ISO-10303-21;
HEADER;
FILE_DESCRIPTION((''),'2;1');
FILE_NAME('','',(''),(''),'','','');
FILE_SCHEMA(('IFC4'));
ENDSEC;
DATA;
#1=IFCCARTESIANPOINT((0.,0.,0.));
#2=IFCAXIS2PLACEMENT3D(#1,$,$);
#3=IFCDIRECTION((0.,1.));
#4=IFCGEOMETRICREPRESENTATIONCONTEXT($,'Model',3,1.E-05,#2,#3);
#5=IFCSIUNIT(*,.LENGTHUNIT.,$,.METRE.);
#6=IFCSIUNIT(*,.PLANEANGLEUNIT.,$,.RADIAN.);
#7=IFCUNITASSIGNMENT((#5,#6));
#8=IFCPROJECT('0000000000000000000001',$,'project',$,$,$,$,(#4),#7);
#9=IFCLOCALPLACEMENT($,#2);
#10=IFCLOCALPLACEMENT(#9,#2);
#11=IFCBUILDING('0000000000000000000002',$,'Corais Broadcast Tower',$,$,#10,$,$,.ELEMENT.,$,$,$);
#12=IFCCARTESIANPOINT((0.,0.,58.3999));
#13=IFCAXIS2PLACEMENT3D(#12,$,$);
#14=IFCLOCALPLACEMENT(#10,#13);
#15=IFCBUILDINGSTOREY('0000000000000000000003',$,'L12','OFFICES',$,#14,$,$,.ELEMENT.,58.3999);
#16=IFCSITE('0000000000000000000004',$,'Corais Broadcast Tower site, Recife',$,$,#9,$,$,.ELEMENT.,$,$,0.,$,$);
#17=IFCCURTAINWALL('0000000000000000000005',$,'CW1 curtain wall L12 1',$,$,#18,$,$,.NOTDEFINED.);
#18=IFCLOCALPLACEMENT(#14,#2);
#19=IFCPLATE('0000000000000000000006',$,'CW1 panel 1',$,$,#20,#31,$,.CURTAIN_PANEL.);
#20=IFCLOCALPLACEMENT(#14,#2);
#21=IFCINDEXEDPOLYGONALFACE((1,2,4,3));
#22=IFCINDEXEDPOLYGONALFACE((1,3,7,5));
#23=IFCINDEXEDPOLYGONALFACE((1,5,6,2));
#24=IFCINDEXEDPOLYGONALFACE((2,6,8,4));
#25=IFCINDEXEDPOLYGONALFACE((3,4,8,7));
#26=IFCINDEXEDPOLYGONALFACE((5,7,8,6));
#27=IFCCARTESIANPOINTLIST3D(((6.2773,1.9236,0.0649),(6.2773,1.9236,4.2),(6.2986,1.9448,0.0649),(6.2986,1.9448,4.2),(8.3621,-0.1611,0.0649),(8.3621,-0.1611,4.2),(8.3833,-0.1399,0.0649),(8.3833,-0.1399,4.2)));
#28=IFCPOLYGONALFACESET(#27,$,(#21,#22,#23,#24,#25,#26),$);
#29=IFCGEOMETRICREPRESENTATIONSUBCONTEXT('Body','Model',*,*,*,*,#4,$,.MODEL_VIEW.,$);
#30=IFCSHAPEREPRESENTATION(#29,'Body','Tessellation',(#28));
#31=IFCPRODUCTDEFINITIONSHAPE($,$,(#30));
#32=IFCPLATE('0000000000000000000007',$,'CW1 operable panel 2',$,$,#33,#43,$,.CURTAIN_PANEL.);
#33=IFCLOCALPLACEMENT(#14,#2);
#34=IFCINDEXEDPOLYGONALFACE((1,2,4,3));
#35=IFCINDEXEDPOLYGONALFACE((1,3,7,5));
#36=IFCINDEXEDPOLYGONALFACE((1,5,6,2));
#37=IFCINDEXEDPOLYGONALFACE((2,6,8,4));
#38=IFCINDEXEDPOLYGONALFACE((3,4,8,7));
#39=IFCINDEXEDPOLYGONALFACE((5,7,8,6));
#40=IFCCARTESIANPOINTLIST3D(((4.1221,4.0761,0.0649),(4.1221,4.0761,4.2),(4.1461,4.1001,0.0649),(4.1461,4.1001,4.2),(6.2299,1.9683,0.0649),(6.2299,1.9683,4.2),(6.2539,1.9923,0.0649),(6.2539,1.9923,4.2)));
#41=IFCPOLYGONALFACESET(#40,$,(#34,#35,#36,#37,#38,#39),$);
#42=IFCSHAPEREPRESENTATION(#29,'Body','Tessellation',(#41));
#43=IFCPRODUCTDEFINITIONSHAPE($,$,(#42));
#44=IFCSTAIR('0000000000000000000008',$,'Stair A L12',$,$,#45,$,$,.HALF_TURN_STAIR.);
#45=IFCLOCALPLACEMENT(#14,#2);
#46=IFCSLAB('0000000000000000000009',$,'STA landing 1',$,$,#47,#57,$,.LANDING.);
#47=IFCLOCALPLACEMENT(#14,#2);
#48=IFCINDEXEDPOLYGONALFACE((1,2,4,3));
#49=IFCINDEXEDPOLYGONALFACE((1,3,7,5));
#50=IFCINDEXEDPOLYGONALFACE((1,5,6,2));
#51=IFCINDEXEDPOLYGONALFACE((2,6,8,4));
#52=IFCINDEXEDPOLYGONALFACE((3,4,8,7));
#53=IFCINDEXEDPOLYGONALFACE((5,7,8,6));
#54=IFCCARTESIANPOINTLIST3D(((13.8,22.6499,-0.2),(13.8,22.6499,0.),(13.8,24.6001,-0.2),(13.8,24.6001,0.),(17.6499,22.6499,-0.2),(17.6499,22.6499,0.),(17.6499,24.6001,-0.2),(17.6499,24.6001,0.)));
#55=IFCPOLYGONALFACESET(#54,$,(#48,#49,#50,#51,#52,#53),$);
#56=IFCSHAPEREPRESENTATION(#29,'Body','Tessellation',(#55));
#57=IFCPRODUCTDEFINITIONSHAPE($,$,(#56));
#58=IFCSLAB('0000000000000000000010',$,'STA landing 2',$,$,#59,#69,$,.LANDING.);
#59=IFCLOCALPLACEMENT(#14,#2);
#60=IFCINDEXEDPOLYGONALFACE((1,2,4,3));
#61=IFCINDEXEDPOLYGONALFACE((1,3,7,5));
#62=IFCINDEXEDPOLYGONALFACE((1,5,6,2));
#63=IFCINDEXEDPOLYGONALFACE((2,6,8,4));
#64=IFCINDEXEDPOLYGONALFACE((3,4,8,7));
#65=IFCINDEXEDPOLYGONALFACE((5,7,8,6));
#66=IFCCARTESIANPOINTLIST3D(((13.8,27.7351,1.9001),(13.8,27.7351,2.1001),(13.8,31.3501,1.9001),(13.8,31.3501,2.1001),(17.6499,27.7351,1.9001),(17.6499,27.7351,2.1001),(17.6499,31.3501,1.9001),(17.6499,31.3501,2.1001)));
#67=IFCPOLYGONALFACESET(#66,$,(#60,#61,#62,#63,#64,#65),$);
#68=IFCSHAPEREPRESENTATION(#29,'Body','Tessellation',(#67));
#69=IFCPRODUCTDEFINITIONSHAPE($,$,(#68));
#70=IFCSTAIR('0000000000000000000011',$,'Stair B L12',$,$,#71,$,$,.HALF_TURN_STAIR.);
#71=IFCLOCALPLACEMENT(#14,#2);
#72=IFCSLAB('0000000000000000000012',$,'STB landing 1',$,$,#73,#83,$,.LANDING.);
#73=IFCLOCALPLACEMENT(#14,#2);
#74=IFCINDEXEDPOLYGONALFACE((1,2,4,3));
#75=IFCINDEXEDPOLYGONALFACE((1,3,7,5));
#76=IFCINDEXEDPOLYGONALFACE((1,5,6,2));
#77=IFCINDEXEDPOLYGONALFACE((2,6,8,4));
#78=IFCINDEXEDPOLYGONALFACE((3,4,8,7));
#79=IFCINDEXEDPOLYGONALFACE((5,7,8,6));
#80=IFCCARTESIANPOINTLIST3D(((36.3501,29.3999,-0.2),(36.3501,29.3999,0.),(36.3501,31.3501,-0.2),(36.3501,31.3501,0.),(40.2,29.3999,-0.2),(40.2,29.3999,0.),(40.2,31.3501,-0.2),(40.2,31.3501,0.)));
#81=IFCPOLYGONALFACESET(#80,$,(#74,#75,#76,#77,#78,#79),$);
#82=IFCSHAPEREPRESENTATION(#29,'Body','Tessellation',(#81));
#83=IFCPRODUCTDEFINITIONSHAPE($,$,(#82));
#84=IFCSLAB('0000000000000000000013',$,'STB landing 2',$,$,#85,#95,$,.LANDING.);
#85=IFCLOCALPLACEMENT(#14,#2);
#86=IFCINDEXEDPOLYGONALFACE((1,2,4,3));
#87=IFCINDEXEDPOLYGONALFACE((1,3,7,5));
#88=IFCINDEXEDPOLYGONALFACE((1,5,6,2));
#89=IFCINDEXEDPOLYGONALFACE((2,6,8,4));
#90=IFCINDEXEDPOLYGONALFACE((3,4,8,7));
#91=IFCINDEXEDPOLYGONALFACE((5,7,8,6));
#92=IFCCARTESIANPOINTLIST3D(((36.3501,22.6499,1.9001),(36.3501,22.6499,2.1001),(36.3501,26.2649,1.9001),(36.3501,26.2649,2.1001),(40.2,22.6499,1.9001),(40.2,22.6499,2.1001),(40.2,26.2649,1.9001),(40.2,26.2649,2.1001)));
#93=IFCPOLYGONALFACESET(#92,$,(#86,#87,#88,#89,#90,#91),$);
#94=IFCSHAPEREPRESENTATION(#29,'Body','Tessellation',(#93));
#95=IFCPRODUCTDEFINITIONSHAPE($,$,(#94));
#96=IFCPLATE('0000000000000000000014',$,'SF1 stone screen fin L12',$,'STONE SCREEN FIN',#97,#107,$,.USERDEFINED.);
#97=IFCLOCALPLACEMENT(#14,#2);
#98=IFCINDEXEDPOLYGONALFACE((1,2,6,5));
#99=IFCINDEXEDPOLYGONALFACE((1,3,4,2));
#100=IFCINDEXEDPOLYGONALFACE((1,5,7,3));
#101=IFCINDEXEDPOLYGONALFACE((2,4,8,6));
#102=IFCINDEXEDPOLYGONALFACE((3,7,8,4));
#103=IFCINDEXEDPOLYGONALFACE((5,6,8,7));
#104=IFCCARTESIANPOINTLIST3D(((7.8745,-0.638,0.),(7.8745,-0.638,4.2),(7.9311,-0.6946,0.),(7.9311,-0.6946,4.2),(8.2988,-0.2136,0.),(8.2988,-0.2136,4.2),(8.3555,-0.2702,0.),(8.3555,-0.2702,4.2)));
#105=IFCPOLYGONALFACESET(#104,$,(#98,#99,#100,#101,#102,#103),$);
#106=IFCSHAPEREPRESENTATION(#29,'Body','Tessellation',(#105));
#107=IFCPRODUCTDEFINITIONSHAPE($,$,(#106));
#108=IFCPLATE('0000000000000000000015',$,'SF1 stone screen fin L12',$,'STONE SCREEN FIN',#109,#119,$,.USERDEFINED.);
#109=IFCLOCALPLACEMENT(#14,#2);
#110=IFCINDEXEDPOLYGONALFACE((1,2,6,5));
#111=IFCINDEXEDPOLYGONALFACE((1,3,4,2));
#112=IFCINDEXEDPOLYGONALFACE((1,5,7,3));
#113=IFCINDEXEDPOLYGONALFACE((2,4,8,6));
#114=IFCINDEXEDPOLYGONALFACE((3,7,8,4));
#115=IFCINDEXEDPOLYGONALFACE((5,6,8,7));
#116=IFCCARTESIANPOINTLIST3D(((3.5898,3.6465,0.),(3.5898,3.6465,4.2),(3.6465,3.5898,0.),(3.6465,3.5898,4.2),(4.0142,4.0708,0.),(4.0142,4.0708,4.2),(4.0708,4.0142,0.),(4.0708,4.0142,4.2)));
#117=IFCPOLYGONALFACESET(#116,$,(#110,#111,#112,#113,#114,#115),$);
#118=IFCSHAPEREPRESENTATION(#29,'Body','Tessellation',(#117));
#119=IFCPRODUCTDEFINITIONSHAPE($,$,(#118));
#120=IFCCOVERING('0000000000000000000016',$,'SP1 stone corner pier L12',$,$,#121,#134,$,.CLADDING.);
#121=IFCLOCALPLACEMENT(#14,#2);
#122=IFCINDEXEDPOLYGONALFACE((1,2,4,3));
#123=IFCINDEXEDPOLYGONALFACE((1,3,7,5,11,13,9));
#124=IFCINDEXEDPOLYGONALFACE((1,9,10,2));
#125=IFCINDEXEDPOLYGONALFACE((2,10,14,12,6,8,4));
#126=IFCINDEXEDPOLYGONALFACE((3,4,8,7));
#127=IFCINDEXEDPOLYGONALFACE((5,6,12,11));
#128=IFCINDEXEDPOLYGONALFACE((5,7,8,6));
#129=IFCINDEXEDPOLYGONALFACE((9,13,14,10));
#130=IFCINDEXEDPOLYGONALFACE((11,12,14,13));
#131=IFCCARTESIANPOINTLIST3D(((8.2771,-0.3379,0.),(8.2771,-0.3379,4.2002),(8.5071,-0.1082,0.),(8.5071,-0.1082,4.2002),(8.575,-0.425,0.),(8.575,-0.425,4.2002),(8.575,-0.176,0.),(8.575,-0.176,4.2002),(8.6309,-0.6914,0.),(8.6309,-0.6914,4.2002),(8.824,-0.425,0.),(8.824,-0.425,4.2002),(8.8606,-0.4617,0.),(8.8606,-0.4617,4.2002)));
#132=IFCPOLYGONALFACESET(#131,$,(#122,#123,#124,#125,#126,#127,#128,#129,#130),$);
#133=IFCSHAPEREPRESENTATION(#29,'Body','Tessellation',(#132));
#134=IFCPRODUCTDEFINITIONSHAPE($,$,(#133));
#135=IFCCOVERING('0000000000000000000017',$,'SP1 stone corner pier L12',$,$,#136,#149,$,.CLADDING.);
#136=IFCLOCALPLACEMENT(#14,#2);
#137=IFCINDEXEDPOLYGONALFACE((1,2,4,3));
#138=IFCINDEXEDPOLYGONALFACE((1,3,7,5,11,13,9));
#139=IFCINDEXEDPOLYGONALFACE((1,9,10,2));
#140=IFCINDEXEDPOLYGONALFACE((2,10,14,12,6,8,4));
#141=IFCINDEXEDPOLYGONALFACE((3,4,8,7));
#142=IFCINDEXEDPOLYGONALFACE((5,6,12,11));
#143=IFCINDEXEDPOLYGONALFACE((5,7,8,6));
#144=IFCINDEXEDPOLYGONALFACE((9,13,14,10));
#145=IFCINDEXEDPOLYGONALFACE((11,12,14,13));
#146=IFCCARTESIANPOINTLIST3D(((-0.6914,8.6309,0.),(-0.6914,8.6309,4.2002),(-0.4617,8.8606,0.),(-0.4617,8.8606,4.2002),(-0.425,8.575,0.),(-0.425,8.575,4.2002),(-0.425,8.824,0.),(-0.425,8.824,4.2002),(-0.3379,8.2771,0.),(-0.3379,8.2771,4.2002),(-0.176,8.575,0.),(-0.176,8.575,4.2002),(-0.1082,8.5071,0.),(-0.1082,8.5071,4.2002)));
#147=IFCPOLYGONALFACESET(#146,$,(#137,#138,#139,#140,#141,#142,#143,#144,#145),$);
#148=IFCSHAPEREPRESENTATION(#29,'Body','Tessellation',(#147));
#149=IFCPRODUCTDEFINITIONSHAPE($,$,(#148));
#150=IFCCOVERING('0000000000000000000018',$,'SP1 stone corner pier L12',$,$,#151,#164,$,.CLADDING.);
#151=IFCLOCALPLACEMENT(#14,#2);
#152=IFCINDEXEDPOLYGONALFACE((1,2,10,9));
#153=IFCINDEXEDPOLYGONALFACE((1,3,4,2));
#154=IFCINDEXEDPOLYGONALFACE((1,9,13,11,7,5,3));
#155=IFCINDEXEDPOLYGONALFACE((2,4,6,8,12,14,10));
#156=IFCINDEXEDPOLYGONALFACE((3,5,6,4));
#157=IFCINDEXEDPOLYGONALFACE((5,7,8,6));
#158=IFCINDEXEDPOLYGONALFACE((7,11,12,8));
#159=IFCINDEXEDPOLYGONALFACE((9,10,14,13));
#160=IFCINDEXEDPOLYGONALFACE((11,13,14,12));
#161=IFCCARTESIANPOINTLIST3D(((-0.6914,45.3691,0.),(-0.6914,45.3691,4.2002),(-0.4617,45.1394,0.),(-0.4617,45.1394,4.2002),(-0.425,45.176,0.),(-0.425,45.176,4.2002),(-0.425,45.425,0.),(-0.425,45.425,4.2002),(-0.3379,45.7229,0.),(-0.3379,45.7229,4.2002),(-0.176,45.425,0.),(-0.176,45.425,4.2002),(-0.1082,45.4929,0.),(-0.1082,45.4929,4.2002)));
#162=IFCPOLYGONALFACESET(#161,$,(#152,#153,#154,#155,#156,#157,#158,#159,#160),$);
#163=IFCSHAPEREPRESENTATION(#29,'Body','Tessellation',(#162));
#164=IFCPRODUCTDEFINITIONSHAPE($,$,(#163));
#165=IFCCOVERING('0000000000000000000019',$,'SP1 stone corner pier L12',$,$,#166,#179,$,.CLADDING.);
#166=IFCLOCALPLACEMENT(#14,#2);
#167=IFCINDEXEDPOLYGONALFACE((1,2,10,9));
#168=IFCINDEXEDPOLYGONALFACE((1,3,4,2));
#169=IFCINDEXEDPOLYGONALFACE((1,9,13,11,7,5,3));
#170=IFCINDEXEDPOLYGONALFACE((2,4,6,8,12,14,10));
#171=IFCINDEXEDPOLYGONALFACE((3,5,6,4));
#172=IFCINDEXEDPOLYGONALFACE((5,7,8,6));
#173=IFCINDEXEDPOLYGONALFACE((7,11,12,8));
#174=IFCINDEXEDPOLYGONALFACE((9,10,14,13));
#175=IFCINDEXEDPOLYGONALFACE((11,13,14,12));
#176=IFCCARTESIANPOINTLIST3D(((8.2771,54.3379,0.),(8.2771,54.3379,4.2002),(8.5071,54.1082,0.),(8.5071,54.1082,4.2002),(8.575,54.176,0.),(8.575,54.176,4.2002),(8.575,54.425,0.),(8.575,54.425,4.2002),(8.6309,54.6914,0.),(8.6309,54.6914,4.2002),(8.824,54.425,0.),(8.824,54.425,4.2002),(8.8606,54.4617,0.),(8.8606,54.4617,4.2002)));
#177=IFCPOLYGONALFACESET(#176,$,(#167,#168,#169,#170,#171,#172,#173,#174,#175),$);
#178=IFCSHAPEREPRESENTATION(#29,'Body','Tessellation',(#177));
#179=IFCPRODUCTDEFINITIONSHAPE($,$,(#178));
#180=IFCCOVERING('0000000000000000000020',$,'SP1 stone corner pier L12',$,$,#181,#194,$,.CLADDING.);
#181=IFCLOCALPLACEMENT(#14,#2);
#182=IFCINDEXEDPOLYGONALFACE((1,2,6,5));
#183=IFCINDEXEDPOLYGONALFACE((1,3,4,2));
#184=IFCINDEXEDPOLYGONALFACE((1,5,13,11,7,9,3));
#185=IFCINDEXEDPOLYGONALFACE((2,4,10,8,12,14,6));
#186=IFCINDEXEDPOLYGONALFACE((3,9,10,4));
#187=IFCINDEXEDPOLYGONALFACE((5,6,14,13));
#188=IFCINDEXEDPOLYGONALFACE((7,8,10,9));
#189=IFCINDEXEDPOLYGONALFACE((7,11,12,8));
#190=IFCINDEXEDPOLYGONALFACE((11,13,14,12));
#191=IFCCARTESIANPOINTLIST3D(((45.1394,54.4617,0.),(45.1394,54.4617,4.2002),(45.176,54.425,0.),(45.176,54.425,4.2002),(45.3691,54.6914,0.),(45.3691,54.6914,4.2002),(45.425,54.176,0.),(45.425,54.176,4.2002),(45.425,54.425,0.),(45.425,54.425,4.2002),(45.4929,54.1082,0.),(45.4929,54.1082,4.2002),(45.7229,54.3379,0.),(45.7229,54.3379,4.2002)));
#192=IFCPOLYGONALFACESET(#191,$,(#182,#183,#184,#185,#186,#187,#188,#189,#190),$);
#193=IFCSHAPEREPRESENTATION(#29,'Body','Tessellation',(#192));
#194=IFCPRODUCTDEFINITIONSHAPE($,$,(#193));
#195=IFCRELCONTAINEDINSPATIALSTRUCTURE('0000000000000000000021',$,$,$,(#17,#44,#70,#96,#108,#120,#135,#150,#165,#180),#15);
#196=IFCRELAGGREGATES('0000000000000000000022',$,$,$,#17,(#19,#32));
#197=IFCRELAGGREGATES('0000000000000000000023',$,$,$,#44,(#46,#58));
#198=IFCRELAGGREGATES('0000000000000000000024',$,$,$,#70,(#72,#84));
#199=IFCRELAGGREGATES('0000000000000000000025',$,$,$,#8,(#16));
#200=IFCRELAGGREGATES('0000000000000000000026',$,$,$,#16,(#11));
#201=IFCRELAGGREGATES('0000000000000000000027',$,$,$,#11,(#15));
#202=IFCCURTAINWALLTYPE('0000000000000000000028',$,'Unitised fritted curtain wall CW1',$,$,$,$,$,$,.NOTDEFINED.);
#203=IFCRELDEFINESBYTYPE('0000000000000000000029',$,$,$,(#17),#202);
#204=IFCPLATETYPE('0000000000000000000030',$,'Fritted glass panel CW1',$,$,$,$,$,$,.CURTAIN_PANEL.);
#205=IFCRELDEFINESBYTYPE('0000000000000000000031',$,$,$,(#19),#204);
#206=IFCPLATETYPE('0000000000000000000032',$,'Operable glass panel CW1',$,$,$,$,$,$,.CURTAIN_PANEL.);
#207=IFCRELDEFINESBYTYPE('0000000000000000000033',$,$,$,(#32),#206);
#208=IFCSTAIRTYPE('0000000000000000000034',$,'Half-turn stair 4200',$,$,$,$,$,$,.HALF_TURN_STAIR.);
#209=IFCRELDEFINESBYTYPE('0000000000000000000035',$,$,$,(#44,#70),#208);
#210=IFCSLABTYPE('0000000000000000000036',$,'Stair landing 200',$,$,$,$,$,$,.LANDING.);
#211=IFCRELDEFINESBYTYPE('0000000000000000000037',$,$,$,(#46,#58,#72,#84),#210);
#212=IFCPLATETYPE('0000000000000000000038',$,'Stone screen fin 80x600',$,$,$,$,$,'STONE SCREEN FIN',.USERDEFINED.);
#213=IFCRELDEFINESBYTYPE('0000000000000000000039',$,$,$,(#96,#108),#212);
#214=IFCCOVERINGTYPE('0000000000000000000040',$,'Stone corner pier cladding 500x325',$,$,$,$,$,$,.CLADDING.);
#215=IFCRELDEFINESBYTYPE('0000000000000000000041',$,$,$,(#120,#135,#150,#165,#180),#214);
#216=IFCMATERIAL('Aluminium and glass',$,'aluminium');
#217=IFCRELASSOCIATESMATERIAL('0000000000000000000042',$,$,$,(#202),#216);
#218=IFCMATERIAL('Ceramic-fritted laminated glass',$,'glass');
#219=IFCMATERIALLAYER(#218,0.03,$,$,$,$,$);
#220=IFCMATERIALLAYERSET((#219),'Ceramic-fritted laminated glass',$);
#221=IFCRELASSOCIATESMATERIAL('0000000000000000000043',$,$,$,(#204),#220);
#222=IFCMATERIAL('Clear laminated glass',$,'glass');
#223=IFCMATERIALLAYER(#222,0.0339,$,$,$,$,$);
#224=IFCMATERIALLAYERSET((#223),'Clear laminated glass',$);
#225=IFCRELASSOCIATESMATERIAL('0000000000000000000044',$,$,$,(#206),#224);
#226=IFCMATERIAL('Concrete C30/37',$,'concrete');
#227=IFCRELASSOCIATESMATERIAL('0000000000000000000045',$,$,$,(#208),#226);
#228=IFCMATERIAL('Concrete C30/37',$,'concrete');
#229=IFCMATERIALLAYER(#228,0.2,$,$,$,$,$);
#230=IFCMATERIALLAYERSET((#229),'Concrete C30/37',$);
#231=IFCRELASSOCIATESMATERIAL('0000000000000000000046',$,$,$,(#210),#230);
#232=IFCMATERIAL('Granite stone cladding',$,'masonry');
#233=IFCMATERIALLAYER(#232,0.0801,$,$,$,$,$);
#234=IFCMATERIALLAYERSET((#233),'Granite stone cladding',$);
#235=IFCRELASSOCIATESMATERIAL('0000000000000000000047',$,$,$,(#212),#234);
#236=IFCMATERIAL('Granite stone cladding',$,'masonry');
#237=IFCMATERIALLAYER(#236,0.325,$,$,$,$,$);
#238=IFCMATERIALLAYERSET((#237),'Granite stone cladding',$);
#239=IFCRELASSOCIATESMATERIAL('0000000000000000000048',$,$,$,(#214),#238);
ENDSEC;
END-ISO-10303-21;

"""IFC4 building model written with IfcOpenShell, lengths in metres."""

from ifc_helpers import new_model, si_unit, direction, frame, origin, origin_2d, place, context, subcontext, project, spatial, polyline, rectangle, outline, extrude, material, layer, layer_set, type_object, element, aggregate, save


model = new_model("IFC4")

# Units and contexts
model_context = context("Model", 3, precision=1e-05, world=origin(), true_north=direction((0.0, 1.0)))
body_context = subcontext(model_context, "Body", "Model", "MODEL_VIEW")
ifc_project = project(units=[si_unit("LENGTHUNIT", "METRE"), si_unit("PLANEANGLEUNIT", "RADIAN")], contexts=[model_context])

# Site, building, storey
site_placement = place(None, origin())
site = spatial("IfcSite", under=ifc_project, at=site_placement, Name="Corais Broadcast Tower site, Recife", CompositionType="ELEMENT", RefElevation=0.0)
building_placement = place(site_placement, origin())
building = spatial("IfcBuilding", under=site, at=building_placement, Name="Corais Broadcast Tower", CompositionType="ELEMENT")
storey_placement = place(building_placement, frame((0.0, 0.0, 58.3999)))
storey = spatial("IfcBuildingStorey", under=building, at=storey_placement, Name="L12", Description="OFFICES", CompositionType="ELEMENT", Elevation=58.3999)

# Curtain wall
ifc_material_1 = material(Name="Aluminium and glass", Category="aluminium")
curtain_wall_type = type_object("IfcCurtainWallType", Name="Unitised fritted curtain wall CW1", PredefinedType="NOTDEFINED", material=ifc_material_1)
curtain_wall_placement = place(storey_placement, origin())
curtain_wall = element("IfcCurtainWall", 1, at=curtain_wall_placement, inside=storey, type_object=curtain_wall_type, Name="CW1 curtain wall L12 1", PredefinedType="NOTDEFINED")

# Plates
ifc_material_2 = material(Name="Ceramic-fritted laminated glass", Category="glass")
ifc_layer_1 = layer(ifc_material_2, 0.03)
ifc_layer_set_1 = layer_set([ifc_layer_1], Name="Ceramic-fritted laminated glass")
plate_type_1 = type_object("IfcPlateType", Name="Fritted glass panel CW1", PredefinedType="CURTAIN_PANEL", material=ifc_layer_set_1)
plate_1_placement = place(storey_placement, frame((7.3303, 0.8918, 0.0649), z_axis=(0.0, 0.0, 1.0), x_axis=(-0.707107, 0.707107, 0.0)))
plate_1 = element("IfcPlate", 2, at=plate_1_placement, type_object=plate_type_1, Name="CW1 panel 1", PredefinedType="CURTAIN_PANEL", context=body_context, shape_type="SweptSolid", body=[
    extrude(rectangle(XDim=2.9482, YDim=0.03, at=origin_2d()), origin(), (0.0, 0.0, 1.0), 4.135),
])
ifc_material_3 = material(Name="Clear laminated glass", Category="glass")
ifc_layer_2 = layer(ifc_material_3, 0.0339)
ifc_layer_set_2 = layer_set([ifc_layer_2], Name="Clear laminated glass")
plate_type_2 = type_object("IfcPlateType", Name="Operable glass panel CW1", PredefinedType="CURTAIN_PANEL", material=ifc_layer_set_2)
plate_2_placement = place(storey_placement, frame((5.188, 3.0342, 0.0649), z_axis=(0.0, 0.0, 1.0), x_axis=(-0.707107, 0.707107, 0.0)))
plate_2 = element("IfcPlate", 3, at=plate_2_placement, type_object=plate_type_2, Name="CW1 operable panel 2", PredefinedType="CURTAIN_PANEL", context=body_context, shape_type="SweptSolid", body=[
    extrude(rectangle(XDim=2.981, YDim=0.0339, at=origin_2d()), origin(), (0.0, 0.0, 1.0), 4.135),
])
aggregate(curtain_wall, [plate_1, plate_2])

# Stairs, slabs
ifc_material_4 = material(Name="Concrete C30/37", Category="concrete")
stair_type = type_object("IfcStairType", Name="Half-turn stair 4200", PredefinedType="HALF_TURN_STAIR", material=ifc_material_4)
stair_1_placement = place(storey_placement, origin())
stair_1 = element("IfcStair", 4, at=stair_1_placement, inside=storey, type_object=stair_type, Name="Stair A L12", PredefinedType="HALF_TURN_STAIR")
ifc_material_5 = material(Name="Concrete C30/37", Category="concrete")
ifc_layer_3 = layer(ifc_material_5, 0.2)
ifc_layer_set_3 = layer_set([ifc_layer_3], Name="Concrete C30/37")
slab_type_1 = type_object("IfcSlabType", Name="Stair landing 200", PredefinedType="LANDING", material=ifc_layer_set_3)
slab_1_placement = place(storey_placement, frame((0.0, 0.0, -0.2)))
slab_1 = element("IfcSlab", 5, at=slab_1_placement, type_object=slab_type_1, Name="STA landing 1", PredefinedType="LANDING", context=body_context, shape_type="SweptSolid", body=[
    extrude(outline(polyline([(13.8, 22.6499), (17.6499, 22.6499), (17.6499, 24.6001), (13.8, 24.6001), (13.8, 22.6499)])), origin(), (0.0, 0.0, 1.0), 0.2),
])
slab_2_placement = place(storey_placement, frame((0.0, 0.0, 1.9001)))
slab_2 = element("IfcSlab", 6, at=slab_2_placement, type_object=slab_type_1, Name="STA landing 2", PredefinedType="LANDING", context=body_context, shape_type="SweptSolid", body=[
    extrude(outline(polyline([(13.8, 27.7351), (17.6499, 27.7351), (17.6499, 31.3501), (13.8, 31.3501), (13.8, 27.7351)])), origin(), (0.0, 0.0, 1.0), 0.2),
])
aggregate(stair_1, [slab_1, slab_2])
stair_2_placement = place(storey_placement, origin())
stair_2 = element("IfcStair", 7, at=stair_2_placement, inside=storey, type_object=stair_type, Name="Stair B L12", PredefinedType="HALF_TURN_STAIR")
slab_3_placement = place(storey_placement, frame((0.0, 0.0, -0.2)))
slab_3 = element("IfcSlab", 8, at=slab_3_placement, type_object=slab_type_1, Name="STB landing 1", PredefinedType="LANDING", context=body_context, shape_type="SweptSolid", body=[
    extrude(outline(polyline([(36.3501, 29.3999), (40.2, 29.3999), (40.2, 31.3501), (36.3501, 31.3501), (36.3501, 29.3999)])), origin(), (0.0, 0.0, 1.0), 0.2),
])
slab_4_placement = place(storey_placement, frame((0.0, 0.0, 1.9001)))
slab_4 = element("IfcSlab", 9, at=slab_4_placement, type_object=slab_type_1, Name="STB landing 2", PredefinedType="LANDING", context=body_context, shape_type="SweptSolid", body=[
    extrude(outline(polyline([(36.3501, 22.6499), (40.2, 22.6499), (40.2, 26.2649), (36.3501, 26.2649), (36.3501, 22.6499)])), origin(), (0.0, 0.0, 1.0), 0.2),
])
aggregate(stair_2, [slab_3, slab_4])

# Plates
ifc_material_6 = material(Name="Granite stone cladding", Category="masonry")
ifc_layer_4 = layer(ifc_material_6, 0.0801)
ifc_layer_set_4 = layer_set([ifc_layer_4], Name="Granite stone cladding")
plate_type_3 = type_object("IfcPlateType", Name="Stone screen fin 80x600", ElementType="STONE SCREEN FIN", PredefinedType="USERDEFINED", material=ifc_layer_set_4)
for number, where, z_axis, x_axis, name in (
    (10, (8.115, -0.4541, 0.0), (0.0, 0.0, 1.0), (-0.707107, 0.707107, 0.0), "SF1 stone screen fin L12"),
    (11, (3.8303, 3.8303, 0.0), (0.0, 0.0, 1.0), (-0.707107, 0.707107, 0.0), "SF1 stone screen fin L12"),
):
    element("IfcPlate", number, at=place(storey_placement, frame(where, z_axis=z_axis, x_axis=x_axis)), inside=storey, type_object=plate_type_3, Name=name, ObjectType="STONE SCREEN FIN", PredefinedType="USERDEFINED", context=body_context, shape_type="SweptSolid", body=[
        extrude(rectangle(XDim=0.0801, YDim=0.6001, at=origin_2d()), origin(), (0.0, 0.0, 1.0), 4.2),
    ])

# Coverings
ifc_material_7 = material(Name="Granite stone cladding", Category="masonry")
ifc_layer_5 = layer(ifc_material_7, 0.325)
ifc_layer_set_5 = layer_set([ifc_layer_5], Name="Granite stone cladding")
covering_type_1 = type_object("IfcCoveringType", Name="Stone corner pier cladding 500x325", PredefinedType="CLADDING", material=ifc_layer_set_5)
covering_1_placement = place(storey_placement, origin())
element("IfcCovering", 12, at=covering_1_placement, inside=storey, type_object=covering_type_1, Name="SP1 stone corner pier L12", PredefinedType="CLADDING", context=body_context, shape_type="SweptSolid", body=[
    extrude(outline(polyline([(8.8606, -0.4617), (8.824, -0.425), (8.575, -0.425), (8.575, -0.176), (8.5071, -0.1082), (8.2771, -0.3379), (8.6309, -0.6914), (8.8606, -0.4617)])), origin(), (0.0, 0.0, 1.0), 4.2002),
])
covering_2_placement = place(storey_placement, origin())
element("IfcCovering", 13, at=covering_2_placement, inside=storey, type_object=covering_type_1, Name="SP1 stone corner pier L12", PredefinedType="CLADDING", context=body_context, shape_type="SweptSolid", body=[
    extrude(outline(polyline([(-0.425, 8.824), (-0.4617, 8.8606), (-0.6914, 8.6309), (-0.3379, 8.2771), (-0.1082, 8.5071), (-0.176, 8.575), (-0.425, 8.575), (-0.425, 8.824)])), origin(), (0.0, 0.0, 1.0), 4.2002),
])
covering_3_placement = place(storey_placement, origin())
element("IfcCovering", 14, at=covering_3_placement, inside=storey, type_object=covering_type_1, Name="SP1 stone corner pier L12", PredefinedType="CLADDING", context=body_context, shape_type="SweptSolid", body=[
    extrude(outline(polyline([(-0.4617, 45.1394), (-0.425, 45.176), (-0.425, 45.425), (-0.176, 45.425), (-0.1082, 45.4929), (-0.3379, 45.7229), (-0.6914, 45.3691), (-0.4617, 45.1394)])), origin(), (0.0, 0.0, 1.0), 4.2002),
])
covering_4_placement = place(storey_placement, origin())
element("IfcCovering", 15, at=covering_4_placement, inside=storey, type_object=covering_type_1, Name="SP1 stone corner pier L12", PredefinedType="CLADDING", context=body_context, shape_type="SweptSolid", body=[
    extrude(outline(polyline([(8.824, 54.425), (8.8606, 54.4617), (8.6309, 54.6914), (8.2771, 54.3379), (8.5071, 54.1082), (8.575, 54.176), (8.575, 54.425), (8.824, 54.425)])), origin(), (0.0, 0.0, 1.0), 4.2002),
])
covering_5_placement = place(storey_placement, origin())
element("IfcCovering", 16, at=covering_5_placement, inside=storey, type_object=covering_type_1, Name="SP1 stone corner pier L12", PredefinedType="CLADDING", context=body_context, shape_type="SweptSolid", body=[
    extrude(outline(polyline([(45.1394, 54.4617), (45.176, 54.425), (45.425, 54.425), (45.425, 54.176), (45.4929, 54.1082), (45.7229, 54.3379), (45.3691, 54.6914), (45.1394, 54.4617)])), origin(), (0.0, 0.0, 1.0), 4.2002),
])

save(model, "model.ifc")
